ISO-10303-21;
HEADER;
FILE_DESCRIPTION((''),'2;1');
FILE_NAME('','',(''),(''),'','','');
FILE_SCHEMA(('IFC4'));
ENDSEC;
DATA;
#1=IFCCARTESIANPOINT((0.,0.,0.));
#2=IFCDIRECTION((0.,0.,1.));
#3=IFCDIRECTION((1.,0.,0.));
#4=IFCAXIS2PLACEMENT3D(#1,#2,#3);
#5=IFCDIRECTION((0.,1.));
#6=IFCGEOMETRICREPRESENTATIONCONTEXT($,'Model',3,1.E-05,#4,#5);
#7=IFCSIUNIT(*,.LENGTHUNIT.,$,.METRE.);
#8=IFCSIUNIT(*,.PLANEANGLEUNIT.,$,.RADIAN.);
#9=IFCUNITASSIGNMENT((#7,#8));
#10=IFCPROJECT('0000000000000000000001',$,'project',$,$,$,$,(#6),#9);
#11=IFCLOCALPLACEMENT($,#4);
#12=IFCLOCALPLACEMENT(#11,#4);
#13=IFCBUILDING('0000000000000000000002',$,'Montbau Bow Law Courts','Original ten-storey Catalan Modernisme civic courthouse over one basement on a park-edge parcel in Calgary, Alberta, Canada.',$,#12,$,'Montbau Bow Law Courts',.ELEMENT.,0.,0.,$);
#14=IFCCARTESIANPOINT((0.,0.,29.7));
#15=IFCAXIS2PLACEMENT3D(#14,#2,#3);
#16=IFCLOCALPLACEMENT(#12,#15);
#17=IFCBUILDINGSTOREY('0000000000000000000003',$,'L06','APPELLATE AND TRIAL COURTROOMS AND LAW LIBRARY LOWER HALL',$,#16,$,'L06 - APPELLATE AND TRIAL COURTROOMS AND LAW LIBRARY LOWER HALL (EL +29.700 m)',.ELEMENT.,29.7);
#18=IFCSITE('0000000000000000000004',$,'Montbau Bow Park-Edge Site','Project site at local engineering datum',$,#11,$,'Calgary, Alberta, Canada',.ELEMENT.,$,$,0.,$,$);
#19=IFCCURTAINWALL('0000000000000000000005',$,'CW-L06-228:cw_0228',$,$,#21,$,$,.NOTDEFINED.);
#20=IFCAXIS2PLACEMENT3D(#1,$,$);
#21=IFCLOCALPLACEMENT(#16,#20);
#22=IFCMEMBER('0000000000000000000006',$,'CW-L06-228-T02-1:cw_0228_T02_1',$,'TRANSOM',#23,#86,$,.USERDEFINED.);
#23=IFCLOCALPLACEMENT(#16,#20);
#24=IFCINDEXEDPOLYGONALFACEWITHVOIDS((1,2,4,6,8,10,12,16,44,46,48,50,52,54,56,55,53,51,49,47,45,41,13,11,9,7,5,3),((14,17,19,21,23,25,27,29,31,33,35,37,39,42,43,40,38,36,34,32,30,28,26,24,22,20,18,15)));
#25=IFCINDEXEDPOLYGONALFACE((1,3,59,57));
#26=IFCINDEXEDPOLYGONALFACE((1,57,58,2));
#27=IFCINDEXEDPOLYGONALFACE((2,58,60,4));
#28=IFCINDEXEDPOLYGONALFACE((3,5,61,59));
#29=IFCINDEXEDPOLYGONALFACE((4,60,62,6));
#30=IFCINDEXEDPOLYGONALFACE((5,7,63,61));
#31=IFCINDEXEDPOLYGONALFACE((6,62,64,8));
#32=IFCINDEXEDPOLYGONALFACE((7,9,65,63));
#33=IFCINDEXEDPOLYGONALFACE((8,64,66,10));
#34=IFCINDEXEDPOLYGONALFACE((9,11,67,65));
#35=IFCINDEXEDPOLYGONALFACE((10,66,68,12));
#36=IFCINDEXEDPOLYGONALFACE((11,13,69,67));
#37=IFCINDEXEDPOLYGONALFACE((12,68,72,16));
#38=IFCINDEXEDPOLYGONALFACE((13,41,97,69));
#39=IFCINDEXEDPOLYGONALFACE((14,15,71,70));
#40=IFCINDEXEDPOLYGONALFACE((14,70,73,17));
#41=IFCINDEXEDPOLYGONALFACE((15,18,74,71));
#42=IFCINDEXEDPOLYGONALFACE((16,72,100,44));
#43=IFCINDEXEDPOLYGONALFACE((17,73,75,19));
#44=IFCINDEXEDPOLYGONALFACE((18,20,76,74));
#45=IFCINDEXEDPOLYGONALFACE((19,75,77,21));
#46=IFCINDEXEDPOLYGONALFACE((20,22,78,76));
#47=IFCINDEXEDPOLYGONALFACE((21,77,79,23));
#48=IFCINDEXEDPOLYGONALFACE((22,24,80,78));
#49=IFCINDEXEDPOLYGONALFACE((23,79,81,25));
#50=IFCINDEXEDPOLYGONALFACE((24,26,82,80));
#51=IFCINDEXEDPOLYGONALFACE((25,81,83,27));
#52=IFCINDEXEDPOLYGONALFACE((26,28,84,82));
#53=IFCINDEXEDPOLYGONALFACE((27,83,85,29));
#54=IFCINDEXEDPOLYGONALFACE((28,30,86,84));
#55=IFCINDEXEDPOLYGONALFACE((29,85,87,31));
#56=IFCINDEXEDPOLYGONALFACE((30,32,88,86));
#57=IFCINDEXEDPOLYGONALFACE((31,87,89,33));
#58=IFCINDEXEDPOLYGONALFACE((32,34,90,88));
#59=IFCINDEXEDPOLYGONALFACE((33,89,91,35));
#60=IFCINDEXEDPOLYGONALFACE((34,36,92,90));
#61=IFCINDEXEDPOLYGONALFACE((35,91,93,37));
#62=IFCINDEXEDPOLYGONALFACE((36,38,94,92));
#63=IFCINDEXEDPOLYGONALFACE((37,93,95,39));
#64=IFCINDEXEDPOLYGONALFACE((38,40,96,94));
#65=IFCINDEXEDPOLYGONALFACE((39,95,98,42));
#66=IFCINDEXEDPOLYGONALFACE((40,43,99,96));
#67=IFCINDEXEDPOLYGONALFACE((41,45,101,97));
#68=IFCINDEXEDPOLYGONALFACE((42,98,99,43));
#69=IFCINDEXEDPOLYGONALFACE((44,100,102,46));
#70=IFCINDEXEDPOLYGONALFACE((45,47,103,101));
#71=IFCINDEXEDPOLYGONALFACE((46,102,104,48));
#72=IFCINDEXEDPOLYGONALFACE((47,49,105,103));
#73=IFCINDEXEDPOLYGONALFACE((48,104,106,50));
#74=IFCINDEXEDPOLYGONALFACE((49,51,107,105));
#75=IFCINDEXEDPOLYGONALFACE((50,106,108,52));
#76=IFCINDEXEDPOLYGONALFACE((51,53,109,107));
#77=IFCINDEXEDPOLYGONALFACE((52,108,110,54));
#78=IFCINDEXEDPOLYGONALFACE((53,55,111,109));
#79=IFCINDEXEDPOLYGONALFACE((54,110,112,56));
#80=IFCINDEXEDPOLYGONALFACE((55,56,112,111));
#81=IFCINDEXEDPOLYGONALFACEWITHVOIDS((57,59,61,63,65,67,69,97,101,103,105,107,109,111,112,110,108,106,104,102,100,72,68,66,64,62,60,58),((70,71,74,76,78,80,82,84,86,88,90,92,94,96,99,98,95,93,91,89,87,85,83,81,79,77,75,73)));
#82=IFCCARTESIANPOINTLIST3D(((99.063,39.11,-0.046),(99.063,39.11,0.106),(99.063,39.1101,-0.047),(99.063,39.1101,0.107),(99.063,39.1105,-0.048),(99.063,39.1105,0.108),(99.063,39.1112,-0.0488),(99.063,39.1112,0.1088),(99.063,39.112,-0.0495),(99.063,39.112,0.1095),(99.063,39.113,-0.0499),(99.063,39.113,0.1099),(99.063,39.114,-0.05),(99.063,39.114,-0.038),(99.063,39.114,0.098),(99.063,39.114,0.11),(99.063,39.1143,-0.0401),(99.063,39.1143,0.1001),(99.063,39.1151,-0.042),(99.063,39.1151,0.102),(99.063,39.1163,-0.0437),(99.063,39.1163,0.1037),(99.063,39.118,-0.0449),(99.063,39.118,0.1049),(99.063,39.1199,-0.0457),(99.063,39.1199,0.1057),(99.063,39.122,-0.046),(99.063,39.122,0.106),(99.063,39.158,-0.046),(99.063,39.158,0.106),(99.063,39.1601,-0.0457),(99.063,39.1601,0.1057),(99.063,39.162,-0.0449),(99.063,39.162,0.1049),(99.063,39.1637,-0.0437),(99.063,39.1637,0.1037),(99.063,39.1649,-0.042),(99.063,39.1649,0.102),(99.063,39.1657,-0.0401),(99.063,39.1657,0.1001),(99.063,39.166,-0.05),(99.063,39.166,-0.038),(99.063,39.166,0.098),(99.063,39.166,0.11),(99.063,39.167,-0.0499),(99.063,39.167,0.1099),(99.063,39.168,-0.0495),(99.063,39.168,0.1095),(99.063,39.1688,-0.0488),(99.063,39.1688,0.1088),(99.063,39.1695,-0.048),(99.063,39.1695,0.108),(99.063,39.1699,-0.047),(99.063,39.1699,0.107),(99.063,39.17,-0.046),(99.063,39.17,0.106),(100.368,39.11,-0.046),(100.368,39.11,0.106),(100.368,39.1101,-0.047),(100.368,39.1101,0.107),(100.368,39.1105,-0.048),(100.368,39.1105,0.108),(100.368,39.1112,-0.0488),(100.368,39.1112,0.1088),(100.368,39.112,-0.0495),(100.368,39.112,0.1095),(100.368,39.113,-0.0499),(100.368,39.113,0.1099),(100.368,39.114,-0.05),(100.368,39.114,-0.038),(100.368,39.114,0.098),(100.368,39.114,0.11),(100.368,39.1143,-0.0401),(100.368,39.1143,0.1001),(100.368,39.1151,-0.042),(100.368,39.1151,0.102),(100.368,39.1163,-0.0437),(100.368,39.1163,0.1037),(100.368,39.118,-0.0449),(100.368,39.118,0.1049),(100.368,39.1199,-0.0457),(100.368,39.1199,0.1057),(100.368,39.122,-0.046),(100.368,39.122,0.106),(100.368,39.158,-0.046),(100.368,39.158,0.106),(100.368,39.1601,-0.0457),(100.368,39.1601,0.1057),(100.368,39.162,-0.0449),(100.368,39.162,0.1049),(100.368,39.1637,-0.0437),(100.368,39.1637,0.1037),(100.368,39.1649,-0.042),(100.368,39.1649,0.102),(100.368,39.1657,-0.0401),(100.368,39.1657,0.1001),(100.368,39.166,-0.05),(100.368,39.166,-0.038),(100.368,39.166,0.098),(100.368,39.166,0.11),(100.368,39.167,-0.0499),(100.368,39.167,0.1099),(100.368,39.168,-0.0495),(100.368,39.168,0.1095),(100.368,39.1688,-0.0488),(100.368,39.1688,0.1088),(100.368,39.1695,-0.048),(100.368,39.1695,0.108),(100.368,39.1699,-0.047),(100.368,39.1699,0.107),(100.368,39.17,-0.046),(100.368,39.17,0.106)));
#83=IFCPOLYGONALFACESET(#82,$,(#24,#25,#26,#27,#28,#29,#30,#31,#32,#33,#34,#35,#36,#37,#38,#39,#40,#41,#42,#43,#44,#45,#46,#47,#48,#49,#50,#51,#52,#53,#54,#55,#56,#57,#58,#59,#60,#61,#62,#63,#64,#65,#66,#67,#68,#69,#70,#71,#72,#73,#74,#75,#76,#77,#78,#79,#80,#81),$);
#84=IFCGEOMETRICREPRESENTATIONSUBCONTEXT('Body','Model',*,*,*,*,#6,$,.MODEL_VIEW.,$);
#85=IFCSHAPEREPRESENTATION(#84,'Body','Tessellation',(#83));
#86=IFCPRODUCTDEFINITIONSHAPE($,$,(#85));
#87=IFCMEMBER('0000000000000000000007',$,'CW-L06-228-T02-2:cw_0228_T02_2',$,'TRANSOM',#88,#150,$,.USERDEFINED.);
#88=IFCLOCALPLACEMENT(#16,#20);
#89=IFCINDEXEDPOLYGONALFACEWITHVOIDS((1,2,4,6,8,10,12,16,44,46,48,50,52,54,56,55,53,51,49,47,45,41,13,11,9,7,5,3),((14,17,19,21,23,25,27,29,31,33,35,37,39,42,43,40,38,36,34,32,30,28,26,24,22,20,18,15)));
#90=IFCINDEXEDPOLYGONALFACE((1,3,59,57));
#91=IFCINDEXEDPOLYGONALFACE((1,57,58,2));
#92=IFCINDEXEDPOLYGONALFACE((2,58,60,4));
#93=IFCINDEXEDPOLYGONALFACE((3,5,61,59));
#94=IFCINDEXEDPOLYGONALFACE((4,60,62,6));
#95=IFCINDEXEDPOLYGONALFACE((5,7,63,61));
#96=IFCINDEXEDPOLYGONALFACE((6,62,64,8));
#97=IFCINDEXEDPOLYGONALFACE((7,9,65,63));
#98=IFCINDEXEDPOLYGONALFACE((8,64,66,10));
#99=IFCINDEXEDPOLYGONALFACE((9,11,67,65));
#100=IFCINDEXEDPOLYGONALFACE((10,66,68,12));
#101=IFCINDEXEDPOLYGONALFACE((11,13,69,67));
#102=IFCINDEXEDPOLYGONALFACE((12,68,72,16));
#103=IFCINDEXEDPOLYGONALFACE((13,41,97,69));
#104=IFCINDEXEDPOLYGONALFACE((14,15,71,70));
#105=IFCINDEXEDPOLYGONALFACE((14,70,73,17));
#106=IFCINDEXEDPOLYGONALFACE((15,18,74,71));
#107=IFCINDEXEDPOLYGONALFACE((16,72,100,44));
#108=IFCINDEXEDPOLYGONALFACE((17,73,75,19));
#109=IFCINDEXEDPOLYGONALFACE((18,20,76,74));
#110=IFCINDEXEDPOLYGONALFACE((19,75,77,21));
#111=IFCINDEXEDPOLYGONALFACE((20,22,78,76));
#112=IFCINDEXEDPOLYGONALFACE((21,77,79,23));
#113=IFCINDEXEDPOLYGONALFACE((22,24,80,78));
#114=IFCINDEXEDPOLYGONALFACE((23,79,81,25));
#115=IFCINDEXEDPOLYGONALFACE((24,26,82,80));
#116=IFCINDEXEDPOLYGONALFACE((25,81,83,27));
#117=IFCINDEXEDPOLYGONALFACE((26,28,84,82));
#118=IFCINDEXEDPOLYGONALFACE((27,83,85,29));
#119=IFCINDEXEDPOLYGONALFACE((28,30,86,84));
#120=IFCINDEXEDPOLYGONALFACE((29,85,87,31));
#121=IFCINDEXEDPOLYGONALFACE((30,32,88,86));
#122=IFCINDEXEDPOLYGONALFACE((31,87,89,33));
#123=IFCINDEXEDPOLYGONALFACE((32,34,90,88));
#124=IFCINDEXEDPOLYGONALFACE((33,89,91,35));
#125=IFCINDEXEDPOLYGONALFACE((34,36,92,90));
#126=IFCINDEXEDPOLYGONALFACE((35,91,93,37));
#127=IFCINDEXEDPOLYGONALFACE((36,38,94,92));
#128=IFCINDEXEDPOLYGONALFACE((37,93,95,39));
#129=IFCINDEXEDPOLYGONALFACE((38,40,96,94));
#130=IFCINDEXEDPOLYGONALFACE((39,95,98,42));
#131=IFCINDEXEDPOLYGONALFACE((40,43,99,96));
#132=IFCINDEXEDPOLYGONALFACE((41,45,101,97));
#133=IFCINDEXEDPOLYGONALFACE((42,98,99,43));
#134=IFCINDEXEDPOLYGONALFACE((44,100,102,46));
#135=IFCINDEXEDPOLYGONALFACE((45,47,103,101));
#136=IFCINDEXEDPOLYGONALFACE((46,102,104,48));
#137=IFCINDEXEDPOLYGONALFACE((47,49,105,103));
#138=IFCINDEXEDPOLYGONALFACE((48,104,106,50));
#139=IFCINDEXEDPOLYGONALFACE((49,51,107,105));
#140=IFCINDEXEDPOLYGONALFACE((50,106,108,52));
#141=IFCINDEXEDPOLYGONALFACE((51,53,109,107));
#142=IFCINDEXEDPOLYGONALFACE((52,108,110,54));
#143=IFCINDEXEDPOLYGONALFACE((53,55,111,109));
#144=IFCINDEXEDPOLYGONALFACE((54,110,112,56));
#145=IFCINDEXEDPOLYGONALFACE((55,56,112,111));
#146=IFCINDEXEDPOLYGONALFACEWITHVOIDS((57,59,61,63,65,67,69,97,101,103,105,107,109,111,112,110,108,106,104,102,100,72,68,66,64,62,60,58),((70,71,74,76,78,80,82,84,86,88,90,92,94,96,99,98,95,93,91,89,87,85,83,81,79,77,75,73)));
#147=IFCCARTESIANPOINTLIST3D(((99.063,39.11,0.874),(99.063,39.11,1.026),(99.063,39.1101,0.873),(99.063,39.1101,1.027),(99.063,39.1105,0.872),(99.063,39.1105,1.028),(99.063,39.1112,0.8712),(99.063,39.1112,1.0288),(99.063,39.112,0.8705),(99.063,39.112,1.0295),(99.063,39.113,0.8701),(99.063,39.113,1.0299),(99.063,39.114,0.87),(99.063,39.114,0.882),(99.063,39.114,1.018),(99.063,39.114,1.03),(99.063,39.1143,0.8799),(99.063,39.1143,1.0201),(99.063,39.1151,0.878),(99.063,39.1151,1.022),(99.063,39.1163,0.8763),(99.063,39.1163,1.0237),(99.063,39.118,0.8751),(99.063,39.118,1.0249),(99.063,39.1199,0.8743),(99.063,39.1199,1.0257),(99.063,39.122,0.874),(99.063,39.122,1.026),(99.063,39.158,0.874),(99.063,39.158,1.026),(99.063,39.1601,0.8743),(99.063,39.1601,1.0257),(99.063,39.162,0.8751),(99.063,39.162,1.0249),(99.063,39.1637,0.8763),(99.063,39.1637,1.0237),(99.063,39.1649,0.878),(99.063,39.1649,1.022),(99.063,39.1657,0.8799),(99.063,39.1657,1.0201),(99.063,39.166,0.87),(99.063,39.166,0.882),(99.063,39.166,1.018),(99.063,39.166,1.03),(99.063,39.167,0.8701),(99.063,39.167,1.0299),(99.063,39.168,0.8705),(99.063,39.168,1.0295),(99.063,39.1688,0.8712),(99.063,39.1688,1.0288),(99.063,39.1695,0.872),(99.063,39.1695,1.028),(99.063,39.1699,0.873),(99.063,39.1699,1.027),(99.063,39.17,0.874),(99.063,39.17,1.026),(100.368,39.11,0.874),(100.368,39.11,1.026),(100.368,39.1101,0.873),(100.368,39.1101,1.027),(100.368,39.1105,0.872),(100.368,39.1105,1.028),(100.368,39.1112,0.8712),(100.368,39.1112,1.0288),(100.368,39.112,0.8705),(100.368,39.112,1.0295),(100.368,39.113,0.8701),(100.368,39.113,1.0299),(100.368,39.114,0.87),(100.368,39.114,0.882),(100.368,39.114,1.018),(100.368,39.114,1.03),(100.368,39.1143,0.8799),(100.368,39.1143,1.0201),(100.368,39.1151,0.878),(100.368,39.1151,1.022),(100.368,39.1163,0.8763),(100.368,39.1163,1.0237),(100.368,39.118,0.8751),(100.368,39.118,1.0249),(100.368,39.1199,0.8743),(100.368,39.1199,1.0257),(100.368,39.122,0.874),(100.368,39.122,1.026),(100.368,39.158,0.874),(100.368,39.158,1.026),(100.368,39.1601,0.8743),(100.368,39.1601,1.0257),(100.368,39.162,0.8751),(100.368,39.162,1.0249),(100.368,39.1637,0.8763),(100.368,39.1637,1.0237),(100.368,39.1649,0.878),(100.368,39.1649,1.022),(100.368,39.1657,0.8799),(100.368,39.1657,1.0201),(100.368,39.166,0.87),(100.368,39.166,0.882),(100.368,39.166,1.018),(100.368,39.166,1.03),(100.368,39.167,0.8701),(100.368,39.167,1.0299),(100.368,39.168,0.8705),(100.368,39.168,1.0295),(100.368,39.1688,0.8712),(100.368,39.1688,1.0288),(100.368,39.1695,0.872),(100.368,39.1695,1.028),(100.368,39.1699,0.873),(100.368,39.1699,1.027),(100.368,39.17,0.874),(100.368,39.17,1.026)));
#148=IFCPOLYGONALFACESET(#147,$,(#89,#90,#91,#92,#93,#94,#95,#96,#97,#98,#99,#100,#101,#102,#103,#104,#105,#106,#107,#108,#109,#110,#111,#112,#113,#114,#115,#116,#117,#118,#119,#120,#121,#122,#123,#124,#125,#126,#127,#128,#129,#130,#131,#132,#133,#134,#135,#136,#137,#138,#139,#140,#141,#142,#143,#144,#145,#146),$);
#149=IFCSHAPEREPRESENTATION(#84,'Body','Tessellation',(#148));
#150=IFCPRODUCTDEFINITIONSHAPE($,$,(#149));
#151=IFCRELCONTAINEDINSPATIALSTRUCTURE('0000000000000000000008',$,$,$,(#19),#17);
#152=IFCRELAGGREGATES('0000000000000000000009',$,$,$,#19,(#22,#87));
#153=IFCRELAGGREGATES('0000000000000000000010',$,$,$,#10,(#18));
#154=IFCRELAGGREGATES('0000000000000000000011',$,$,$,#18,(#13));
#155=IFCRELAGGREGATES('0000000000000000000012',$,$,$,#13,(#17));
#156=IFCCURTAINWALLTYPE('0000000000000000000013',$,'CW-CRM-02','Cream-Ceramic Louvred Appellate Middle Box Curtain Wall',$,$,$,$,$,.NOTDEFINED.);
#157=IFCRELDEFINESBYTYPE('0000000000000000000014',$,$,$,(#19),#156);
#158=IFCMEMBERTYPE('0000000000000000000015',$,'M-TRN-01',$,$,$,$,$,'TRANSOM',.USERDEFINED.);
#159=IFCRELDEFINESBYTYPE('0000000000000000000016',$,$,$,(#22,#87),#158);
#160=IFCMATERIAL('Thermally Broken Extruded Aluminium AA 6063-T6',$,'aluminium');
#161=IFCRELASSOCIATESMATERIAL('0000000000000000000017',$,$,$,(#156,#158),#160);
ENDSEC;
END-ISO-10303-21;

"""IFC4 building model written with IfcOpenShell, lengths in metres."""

from ifc_helpers import new_model, si_unit, direction, frame, origin_with_axes, origin_2d_with_axis, place, context, subcontext, project, spatial, hollow_rectangle, extrude, material, material_profile, profile_set, type_object, element, aggregate, save


model = new_model("IFC4")

# Units and contexts
model_context = context("Model", 3, precision=1e-05, world=origin_with_axes(), true_north=direction((0.0, 1.0)))
body_context = subcontext(model_context, "Body", "Model", "MODEL_VIEW")
ifc_project = project(units=[si_unit("LENGTHUNIT", "METRE"), si_unit("PLANEANGLEUNIT", "RADIAN")], contexts=[model_context])

# Site, building, storey
site_placement = place(None, origin_with_axes())
site = spatial("IfcSite", under=ifc_project, at=site_placement, Name="Montbau Bow Park-Edge Site", Description="Project site at local engineering datum", LongName="Calgary, Alberta, Canada", CompositionType="ELEMENT", RefElevation=0.0)
building_placement = place(site_placement, origin_with_axes())
building = spatial("IfcBuilding", under=site, at=building_placement, Name="Montbau Bow Law Courts", Description="Original ten-storey Catalan Modernisme civic courthouse over one basement on a park-edge parcel in Calgary, Alberta, Canada.", LongName="Montbau Bow Law Courts", CompositionType="ELEMENT", ElevationOfRefHeight=0.0, ElevationOfTerrain=0.0)
storey_placement = place(building_placement, frame((0.0, 0.0, 29.7), z_axis=(0.0, 0.0, 1.0), x_axis=(1.0, 0.0, 0.0)))
storey = spatial("IfcBuildingStorey", under=building, at=storey_placement, Name="L06", Description="APPELLATE AND TRIAL COURTROOMS AND LAW LIBRARY LOWER HALL", LongName="L06 - APPELLATE AND TRIAL COURTROOMS AND LAW LIBRARY LOWER HALL (EL +29.700 m)", CompositionType="ELEMENT", Elevation=29.7)

# Curtain wall, members
ifc_material_1 = material(Name="Thermally Broken Extruded Aluminium AA 6063-T6", Category="aluminium")
curtain_wall_type = type_object("IfcCurtainWallType", Name="CW-CRM-02", Description="Cream-Ceramic Louvred Appellate Middle Box Curtain Wall", PredefinedType="NOTDEFINED", material=ifc_material_1)
curtain_wall_placement = place(None, frame((97.64, 39.14, 29.7), z_axis=(0.0, 0.0, 1.0), x_axis=(1.0, 0.0, 0.0)))
curtain_wall = element("IfcCurtainWall", 1, at=curtain_wall_placement, inside=storey, type_object=curtain_wall_type, Name="CW-L06-228:cw_0228", PredefinedType="NOTDEFINED")
ifc_material_profile_1 = material_profile(ifc_material_1, hollow_rectangle(XDim=0.06, YDim=0.16, WallThickness=0.004, InnerFilletRadius=0.008, OuterFilletRadius=0.004, at=origin_2d_with_axis()), Name="CWT-160X60", Category="Main", Priority=0)
ifc_profile_set_1 = profile_set([ifc_material_profile_1], Name="Thermally Broken Extruded Aluminium AA 6063-T6")
member_type_1 = type_object("IfcMemberType", Name="M-TRN-01", ElementType="TRANSOM", PredefinedType="USERDEFINED", material=ifc_profile_set_1)
member_1_placement = place(None, frame((99.063, 39.14, 29.73), z_axis=(1.0, 0.0, 0.0), x_axis=(0.0, 1.0, 0.0)))
member_1 = element("IfcMember", 2, at=member_1_placement, type_object=member_type_1, Name="CW-L06-228-T02-1:cw_0228_T02_1", ObjectType="TRANSOM", PredefinedType="USERDEFINED", context=body_context, shape_type="SweptSolid", body=[
    extrude(hollow_rectangle(XDim=0.06, YDim=0.16, WallThickness=0.004, InnerFilletRadius=0.008, OuterFilletRadius=0.004, at=origin_2d_with_axis()), origin_with_axes(), (0.0, 0.0, 1.0), 1.305),
])
member_2_placement = place(None, frame((99.063, 39.14, 30.65), z_axis=(1.0, 0.0, 0.0), x_axis=(0.0, 1.0, 0.0)))
member_2 = element("IfcMember", 3, at=member_2_placement, type_object=member_type_1, Name="CW-L06-228-T02-2:cw_0228_T02_2", ObjectType="TRANSOM", PredefinedType="USERDEFINED", context=body_context, shape_type="SweptSolid", body=[
    extrude(hollow_rectangle(XDim=0.06, YDim=0.16, WallThickness=0.004, InnerFilletRadius=0.008, OuterFilletRadius=0.004, at=origin_2d_with_axis()), origin_with_axes(), (0.0, 0.0, 1.0), 1.305),
])
aggregate(curtain_wall, [member_1, member_2])

save(model, "model.ifc")
